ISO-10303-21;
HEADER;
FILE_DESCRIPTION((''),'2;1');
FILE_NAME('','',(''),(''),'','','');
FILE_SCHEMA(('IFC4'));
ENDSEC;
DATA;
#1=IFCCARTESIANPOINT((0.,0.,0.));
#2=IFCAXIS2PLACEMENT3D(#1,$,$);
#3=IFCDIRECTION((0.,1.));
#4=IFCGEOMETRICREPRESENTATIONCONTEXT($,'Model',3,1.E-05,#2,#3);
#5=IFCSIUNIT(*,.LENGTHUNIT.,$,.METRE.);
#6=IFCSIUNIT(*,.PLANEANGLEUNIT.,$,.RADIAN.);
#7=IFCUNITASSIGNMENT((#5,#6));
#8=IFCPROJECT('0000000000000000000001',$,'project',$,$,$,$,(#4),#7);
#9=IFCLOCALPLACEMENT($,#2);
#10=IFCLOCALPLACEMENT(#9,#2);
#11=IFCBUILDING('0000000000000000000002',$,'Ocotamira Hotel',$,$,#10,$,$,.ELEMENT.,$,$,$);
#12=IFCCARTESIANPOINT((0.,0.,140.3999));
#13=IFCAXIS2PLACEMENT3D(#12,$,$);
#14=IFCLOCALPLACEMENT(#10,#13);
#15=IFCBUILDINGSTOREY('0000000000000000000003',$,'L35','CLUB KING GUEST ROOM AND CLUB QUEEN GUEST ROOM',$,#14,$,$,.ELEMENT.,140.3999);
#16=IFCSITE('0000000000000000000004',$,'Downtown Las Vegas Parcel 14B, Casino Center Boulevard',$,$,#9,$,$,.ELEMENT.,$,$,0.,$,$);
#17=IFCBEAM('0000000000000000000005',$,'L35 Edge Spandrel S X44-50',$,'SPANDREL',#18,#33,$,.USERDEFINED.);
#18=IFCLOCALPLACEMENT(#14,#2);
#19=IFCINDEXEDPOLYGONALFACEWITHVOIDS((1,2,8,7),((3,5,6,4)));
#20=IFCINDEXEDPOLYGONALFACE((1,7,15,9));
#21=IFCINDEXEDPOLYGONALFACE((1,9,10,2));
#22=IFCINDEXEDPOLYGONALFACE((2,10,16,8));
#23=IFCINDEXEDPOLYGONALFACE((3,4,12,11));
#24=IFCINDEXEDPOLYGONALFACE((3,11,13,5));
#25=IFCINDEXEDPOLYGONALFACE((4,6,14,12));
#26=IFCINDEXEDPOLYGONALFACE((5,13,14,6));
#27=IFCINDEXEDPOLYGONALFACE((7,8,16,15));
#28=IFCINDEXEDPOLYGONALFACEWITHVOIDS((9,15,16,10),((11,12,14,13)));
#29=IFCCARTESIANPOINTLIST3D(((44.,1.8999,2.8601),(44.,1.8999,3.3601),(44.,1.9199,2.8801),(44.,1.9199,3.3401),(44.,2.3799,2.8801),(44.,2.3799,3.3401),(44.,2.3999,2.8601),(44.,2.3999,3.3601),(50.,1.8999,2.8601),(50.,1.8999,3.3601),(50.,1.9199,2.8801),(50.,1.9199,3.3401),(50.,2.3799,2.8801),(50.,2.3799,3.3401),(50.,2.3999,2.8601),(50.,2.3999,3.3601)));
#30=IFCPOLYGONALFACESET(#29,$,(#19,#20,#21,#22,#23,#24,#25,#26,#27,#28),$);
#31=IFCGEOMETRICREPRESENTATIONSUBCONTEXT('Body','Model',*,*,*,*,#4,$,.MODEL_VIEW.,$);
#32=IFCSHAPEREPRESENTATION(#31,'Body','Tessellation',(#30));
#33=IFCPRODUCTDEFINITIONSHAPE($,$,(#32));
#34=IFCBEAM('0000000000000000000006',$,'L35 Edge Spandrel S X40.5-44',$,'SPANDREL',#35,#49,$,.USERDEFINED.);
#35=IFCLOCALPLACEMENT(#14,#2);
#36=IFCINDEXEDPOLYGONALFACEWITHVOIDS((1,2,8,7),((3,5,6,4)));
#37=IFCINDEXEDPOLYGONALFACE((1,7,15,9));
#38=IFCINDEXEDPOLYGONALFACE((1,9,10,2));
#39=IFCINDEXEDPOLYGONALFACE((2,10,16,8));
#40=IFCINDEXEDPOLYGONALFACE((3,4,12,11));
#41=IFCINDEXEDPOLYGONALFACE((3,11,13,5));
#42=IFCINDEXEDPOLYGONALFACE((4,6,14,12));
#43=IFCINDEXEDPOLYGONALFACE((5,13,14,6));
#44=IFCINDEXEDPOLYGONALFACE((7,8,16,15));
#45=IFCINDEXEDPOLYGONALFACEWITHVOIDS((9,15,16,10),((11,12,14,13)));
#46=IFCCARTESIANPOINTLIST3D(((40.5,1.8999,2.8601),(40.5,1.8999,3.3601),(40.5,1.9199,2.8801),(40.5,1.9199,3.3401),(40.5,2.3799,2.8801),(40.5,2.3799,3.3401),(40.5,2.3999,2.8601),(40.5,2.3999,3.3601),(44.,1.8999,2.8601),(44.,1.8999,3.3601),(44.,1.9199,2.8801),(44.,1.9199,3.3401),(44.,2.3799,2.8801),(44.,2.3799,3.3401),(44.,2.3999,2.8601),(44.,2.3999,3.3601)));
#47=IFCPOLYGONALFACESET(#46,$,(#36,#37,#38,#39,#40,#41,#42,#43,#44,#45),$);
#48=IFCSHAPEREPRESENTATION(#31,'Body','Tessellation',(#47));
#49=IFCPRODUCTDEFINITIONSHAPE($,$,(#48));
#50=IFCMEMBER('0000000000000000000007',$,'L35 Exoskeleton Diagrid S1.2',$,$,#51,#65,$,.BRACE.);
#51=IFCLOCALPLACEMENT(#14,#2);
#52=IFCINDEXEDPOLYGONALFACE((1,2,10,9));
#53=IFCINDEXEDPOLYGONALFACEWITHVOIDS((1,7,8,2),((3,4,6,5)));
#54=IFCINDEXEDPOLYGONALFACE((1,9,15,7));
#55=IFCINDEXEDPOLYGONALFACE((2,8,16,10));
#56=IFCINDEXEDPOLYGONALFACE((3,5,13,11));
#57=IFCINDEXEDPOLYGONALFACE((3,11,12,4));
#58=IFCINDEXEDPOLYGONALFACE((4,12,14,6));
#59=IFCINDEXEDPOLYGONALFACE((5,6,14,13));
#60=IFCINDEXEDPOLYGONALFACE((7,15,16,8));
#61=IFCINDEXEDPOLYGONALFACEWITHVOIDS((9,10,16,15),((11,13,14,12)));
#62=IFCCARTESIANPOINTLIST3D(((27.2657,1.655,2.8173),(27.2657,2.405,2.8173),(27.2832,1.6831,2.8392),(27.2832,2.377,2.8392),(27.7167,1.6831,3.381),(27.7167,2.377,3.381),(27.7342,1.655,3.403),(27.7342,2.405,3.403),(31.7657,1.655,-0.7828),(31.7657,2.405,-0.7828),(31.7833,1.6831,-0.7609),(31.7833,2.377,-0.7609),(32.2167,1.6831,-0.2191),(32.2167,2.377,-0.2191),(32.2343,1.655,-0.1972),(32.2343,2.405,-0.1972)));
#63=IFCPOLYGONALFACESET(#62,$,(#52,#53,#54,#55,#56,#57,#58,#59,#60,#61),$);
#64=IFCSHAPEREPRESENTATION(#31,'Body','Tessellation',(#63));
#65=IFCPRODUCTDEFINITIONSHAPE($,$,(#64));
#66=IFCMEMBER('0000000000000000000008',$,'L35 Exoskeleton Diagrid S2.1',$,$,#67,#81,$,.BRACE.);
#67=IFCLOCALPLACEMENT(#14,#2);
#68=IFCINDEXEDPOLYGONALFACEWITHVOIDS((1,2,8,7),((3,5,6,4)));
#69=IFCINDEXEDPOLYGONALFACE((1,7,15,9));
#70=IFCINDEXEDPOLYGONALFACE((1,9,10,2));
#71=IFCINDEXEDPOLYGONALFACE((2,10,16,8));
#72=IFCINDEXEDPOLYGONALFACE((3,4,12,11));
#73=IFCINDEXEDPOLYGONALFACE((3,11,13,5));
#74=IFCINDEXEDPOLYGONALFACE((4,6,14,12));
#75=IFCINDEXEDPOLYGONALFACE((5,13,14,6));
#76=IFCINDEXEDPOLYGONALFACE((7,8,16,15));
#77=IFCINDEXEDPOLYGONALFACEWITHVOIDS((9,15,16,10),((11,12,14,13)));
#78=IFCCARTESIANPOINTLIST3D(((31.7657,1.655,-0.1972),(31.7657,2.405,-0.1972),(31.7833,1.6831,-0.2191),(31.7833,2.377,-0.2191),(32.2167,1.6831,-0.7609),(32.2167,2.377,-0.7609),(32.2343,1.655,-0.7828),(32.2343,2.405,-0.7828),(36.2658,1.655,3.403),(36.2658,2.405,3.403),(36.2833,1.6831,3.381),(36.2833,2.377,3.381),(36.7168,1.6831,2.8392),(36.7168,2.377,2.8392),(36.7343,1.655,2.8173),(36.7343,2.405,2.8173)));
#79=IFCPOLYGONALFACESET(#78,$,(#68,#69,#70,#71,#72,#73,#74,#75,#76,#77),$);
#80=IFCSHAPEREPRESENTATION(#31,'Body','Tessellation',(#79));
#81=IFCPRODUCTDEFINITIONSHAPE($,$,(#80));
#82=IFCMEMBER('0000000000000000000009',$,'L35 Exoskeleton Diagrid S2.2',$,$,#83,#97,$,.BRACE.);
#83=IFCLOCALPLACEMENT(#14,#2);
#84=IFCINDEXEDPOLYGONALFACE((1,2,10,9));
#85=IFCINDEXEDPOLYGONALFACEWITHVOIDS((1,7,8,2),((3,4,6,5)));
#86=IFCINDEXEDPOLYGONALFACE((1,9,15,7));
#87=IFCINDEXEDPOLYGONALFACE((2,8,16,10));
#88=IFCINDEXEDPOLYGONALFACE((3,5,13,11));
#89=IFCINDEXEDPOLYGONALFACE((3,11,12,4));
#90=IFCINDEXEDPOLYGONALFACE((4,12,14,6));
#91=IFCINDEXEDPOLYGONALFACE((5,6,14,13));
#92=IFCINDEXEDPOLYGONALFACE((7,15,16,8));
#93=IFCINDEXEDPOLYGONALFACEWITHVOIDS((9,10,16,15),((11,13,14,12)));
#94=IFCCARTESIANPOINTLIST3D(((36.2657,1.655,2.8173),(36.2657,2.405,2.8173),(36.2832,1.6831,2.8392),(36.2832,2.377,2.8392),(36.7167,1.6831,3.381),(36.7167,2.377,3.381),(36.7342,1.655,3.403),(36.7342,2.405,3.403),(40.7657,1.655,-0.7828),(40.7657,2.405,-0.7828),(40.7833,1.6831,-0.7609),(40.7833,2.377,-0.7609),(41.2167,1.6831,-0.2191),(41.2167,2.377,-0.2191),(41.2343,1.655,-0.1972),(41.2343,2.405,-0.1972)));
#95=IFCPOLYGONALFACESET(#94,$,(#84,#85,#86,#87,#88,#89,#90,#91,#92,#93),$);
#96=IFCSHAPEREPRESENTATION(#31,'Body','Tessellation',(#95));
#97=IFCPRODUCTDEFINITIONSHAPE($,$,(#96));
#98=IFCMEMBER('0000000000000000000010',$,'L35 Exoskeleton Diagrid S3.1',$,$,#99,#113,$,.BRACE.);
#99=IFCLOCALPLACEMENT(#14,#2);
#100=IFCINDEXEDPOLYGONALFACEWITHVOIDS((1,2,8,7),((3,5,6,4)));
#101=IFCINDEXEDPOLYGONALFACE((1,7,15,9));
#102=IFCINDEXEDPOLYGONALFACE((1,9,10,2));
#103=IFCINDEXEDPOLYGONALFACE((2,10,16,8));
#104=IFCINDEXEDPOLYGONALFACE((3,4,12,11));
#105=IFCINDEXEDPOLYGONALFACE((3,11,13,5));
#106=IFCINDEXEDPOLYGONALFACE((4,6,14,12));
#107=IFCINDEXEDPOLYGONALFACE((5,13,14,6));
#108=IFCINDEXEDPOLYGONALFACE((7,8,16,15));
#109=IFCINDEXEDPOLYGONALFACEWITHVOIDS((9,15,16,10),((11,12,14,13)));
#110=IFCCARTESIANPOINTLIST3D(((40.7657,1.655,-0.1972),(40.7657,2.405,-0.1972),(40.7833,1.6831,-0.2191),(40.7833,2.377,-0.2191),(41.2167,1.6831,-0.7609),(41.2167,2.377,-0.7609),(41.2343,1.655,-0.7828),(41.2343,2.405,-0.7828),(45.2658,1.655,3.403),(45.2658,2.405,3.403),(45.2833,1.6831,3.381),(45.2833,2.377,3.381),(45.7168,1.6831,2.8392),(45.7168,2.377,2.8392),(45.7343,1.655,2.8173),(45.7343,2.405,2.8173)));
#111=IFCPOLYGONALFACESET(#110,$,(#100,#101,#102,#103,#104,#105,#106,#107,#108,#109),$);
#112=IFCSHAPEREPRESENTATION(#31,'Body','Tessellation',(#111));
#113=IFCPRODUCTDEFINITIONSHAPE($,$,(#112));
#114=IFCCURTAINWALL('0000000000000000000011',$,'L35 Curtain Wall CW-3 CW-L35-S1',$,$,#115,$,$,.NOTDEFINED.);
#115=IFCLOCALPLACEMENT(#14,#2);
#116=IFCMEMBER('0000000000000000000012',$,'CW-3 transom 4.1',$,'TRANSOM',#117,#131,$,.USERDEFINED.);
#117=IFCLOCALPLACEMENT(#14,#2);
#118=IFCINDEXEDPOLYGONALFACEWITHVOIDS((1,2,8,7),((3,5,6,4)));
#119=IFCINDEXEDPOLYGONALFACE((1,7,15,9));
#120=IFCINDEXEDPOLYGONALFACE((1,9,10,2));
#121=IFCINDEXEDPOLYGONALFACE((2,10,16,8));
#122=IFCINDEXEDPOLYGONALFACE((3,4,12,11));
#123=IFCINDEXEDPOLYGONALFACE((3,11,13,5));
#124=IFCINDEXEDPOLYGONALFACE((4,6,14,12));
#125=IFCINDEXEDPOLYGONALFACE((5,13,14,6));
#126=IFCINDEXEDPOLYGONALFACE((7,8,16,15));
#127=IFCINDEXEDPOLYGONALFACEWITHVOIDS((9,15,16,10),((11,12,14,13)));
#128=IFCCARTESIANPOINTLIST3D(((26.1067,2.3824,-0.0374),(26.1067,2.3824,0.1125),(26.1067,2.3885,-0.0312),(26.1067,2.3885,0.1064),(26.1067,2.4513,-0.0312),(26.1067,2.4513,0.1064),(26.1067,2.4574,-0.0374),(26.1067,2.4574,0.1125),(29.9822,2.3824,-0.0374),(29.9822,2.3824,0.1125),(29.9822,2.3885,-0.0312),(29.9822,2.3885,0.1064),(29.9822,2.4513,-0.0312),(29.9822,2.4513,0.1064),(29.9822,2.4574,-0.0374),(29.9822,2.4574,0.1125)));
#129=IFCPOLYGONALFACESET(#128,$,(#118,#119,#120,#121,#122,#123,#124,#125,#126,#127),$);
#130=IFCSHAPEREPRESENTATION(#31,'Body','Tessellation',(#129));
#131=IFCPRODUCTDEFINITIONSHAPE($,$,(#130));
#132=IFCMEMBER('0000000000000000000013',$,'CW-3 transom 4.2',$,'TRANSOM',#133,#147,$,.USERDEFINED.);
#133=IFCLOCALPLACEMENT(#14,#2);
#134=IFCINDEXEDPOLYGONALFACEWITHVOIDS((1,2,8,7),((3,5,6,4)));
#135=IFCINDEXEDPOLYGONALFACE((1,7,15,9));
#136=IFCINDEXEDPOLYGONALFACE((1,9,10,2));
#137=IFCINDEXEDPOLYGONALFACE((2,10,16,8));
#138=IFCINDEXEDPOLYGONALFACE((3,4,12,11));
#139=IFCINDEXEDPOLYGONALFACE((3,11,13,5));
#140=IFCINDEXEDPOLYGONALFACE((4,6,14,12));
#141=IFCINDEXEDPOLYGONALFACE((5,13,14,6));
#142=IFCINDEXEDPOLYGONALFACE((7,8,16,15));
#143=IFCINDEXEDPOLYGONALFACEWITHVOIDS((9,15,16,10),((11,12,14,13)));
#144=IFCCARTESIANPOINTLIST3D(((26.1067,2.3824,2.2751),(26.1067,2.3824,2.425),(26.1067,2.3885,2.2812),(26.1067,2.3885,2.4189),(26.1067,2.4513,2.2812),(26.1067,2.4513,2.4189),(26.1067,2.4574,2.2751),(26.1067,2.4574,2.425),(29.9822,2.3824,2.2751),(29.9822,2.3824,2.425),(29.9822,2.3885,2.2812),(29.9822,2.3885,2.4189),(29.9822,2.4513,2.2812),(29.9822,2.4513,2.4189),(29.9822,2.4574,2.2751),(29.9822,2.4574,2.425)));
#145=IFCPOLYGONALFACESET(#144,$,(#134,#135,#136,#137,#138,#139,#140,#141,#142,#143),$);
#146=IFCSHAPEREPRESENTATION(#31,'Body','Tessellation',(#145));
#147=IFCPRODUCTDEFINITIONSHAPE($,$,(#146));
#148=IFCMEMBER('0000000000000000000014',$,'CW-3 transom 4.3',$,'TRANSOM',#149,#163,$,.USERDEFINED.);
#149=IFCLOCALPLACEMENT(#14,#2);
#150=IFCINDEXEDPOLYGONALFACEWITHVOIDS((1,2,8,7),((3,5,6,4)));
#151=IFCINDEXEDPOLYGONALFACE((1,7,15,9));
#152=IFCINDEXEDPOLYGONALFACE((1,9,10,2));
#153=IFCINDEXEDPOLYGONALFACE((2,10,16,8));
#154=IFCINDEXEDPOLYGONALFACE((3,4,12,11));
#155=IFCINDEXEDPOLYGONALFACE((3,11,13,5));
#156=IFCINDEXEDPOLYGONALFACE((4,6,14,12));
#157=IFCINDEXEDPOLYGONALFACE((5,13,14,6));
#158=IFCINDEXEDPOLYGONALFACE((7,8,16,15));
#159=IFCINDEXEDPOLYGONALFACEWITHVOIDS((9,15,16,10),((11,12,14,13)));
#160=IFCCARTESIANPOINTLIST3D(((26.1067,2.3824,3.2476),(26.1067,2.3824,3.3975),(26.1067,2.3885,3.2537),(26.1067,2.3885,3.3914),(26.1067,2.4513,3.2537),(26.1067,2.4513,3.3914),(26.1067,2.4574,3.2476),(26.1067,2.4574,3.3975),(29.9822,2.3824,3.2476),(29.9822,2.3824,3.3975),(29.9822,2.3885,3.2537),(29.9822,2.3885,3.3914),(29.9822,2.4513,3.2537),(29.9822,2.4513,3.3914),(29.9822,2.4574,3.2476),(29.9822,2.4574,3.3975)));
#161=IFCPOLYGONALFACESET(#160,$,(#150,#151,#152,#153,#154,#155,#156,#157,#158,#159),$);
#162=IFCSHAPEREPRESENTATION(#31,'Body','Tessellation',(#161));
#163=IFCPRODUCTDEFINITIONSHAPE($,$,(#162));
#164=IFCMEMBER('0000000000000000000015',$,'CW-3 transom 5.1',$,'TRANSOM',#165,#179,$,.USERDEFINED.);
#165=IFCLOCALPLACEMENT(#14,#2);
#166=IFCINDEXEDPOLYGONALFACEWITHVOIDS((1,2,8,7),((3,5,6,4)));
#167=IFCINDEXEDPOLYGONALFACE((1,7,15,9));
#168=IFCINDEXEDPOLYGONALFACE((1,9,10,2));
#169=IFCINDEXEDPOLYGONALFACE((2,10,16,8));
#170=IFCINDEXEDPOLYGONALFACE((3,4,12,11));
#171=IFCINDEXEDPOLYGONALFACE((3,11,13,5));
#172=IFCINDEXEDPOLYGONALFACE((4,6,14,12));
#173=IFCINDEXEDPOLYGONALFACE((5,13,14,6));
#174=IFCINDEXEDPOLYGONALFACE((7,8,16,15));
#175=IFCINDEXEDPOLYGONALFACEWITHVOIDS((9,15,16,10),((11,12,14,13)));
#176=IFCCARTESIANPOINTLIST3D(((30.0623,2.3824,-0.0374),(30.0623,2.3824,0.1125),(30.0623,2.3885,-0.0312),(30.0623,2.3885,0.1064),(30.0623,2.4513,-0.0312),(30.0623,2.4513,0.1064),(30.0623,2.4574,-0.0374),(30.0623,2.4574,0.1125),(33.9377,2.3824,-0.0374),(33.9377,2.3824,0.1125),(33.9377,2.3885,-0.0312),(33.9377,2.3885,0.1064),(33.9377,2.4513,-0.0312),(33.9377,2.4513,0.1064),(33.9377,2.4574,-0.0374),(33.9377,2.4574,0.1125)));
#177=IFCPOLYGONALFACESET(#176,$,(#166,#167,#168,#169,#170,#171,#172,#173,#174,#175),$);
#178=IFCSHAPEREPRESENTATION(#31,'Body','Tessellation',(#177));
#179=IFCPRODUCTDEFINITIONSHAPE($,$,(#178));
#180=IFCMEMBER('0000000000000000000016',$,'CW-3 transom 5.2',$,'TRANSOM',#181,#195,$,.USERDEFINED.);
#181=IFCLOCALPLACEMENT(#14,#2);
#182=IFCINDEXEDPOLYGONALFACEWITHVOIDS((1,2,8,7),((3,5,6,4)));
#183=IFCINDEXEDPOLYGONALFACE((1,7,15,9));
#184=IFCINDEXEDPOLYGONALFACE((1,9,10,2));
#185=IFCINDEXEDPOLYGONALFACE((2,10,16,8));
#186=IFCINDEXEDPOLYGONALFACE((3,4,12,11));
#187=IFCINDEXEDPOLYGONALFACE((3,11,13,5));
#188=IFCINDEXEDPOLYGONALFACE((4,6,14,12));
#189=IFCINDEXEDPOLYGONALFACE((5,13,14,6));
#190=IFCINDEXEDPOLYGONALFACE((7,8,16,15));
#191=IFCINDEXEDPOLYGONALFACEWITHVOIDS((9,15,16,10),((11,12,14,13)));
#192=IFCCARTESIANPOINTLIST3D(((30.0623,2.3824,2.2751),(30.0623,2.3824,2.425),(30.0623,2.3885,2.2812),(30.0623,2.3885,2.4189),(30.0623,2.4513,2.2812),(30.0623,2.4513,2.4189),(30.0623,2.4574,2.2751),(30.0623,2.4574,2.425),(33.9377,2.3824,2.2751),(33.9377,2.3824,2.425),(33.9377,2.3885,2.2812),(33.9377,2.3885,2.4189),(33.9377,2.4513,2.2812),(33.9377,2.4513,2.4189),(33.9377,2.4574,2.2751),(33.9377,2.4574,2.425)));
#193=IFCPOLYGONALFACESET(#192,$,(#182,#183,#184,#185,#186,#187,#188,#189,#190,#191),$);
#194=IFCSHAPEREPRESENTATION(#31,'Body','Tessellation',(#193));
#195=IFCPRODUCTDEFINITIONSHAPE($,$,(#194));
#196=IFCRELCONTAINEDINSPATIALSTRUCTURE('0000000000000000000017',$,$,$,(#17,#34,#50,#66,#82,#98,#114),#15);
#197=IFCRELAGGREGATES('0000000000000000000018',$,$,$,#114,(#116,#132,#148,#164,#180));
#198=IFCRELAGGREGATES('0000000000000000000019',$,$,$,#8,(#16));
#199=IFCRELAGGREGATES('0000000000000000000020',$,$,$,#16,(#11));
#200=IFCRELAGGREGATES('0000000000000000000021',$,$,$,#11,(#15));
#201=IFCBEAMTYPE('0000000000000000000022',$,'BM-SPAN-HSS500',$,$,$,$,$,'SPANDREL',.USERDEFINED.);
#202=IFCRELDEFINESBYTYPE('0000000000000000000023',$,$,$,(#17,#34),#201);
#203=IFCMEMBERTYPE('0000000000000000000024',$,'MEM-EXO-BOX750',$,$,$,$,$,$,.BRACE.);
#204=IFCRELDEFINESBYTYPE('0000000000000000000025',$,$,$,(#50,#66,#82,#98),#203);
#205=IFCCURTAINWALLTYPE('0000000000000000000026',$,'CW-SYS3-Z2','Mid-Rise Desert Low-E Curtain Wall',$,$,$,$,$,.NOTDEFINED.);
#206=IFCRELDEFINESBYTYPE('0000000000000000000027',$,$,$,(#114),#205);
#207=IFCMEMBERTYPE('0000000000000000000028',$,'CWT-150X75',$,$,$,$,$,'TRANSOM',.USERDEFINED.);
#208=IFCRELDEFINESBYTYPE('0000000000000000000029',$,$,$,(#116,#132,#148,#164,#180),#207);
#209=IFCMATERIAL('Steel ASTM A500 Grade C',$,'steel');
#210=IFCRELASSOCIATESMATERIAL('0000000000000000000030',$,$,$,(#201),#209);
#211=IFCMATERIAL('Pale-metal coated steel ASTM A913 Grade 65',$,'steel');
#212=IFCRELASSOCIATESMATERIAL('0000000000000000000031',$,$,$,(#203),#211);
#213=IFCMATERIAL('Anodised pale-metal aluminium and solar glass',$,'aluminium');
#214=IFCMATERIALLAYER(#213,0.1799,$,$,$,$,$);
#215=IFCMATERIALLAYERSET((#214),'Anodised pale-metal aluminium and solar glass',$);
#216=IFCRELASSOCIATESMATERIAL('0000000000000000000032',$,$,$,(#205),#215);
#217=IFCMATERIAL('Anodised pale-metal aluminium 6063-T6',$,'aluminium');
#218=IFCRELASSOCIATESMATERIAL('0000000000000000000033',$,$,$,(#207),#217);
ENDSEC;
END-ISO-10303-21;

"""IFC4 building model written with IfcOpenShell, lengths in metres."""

from ifc_helpers import new_model, si_unit, direction, frame, origin, origin_2d, place, context, subcontext, project, spatial, hollow_rectangle, extrude, source, transform, mapped, material, layer, layer_set, material_profile, profile_set, type_object, element, aggregate, save


model = new_model("IFC4")

# Units and contexts
model_context = context("Model", 3, precision=1e-05, world=origin(), true_north=direction((0.0, 1.0)))
body_context = subcontext(model_context, "Body", "Model", "MODEL_VIEW")
ifc_project = project(units=[si_unit("LENGTHUNIT", "METRE"), si_unit("PLANEANGLEUNIT", "RADIAN")], contexts=[model_context])

# Site, building, storey
site_placement = place(None, origin())
site = spatial("IfcSite", under=ifc_project, at=site_placement, Name="Downtown Las Vegas Parcel 14B, Casino Center Boulevard", CompositionType="ELEMENT", RefElevation=0.0)
building_placement = place(site_placement, origin())
building = spatial("IfcBuilding", under=site, at=building_placement, Name="Ocotamira Hotel", CompositionType="ELEMENT")
storey_placement = place(building_placement, frame((0.0, 0.0, 140.3999)))
storey = spatial("IfcBuildingStorey", under=building, at=storey_placement, Name="L35", Description="CLUB KING GUEST ROOM AND CLUB QUEEN GUEST ROOM", CompositionType="ELEMENT", Elevation=140.3999)

# Beams
ifc_material_1 = material(Name="Steel ASTM A500 Grade C", Category="steel")
ifc_material_profile_1 = material_profile(ifc_material_1, hollow_rectangle(XDim=0.5, YDim=0.5, WallThickness=0.02, at=origin_2d()), Name="HSS500X500X20")
ifc_profile_set_1 = profile_set([ifc_material_profile_1], Name="Steel ASTM A500 Grade C")
beam_type = type_object("IfcBeamType", Name="BM-SPAN-HSS500", ElementType="SPANDREL", PredefinedType="USERDEFINED", material=ifc_profile_set_1)
shared_shape_1 = source(origin(), body_context, "Body", "SweptSolid", [
    extrude(hollow_rectangle(XDim=0.5, YDim=0.5, WallThickness=0.02, at=origin_2d()), origin(), (0.0, 0.0, 1.0), 6.0),
])
beam_1_placement = place(storey_placement, frame((44.0, 2.1499, 3.1101), z_axis=(1.0, 0.0, 0.0), x_axis=(0.0, 1.0, 0.0)))
element("IfcBeam", 1, at=beam_1_placement, inside=storey, type_object=beam_type, Name="L35 Edge Spandrel S X44-50", ObjectType="SPANDREL", PredefinedType="USERDEFINED", context=body_context, shape_type="MappedRepresentation", body=[
    mapped(shared_shape_1, transform((0.0, 0.0, 0.0), scale=1.0)),
])
shared_shape_2 = source(origin(), body_context, "Body", "SweptSolid", [
    extrude(hollow_rectangle(XDim=0.5, YDim=0.5, WallThickness=0.02, at=origin_2d()), origin(), (0.0, 0.0, 1.0), 3.5),
])
beam_2_placement = place(storey_placement, frame((40.5, 2.1499, 3.1101), z_axis=(1.0, 0.0, 0.0), x_axis=(0.0, 1.0, 0.0)))
element("IfcBeam", 2, at=beam_2_placement, inside=storey, type_object=beam_type, Name="L35 Edge Spandrel S X40.5-44", ObjectType="SPANDREL", PredefinedType="USERDEFINED", context=body_context, shape_type="MappedRepresentation", body=[
    mapped(shared_shape_2, transform((0.0, 0.0, 0.0), scale=1.0)),
])

# Members
ifc_material_2 = material(Name="Pale-metal coated steel ASTM A913 Grade 65", Category="steel")
ifc_material_profile_2 = material_profile(ifc_material_2, hollow_rectangle(XDim=0.75, YDim=0.75, WallThickness=0.0281, at=origin_2d()), Name="BOX750X750X28")
ifc_profile_set_2 = profile_set([ifc_material_profile_2], Name="Pale-metal coated steel ASTM A913 Grade 65")
member_type_1 = type_object("IfcMemberType", Name="MEM-EXO-BOX750", PredefinedType="BRACE", material=ifc_profile_set_2)
shared_shape_3 = source(origin(), body_context, "Body", "SweptSolid", [
    extrude(hollow_rectangle(XDim=0.75, YDim=0.75, WallThickness=0.0281, at=origin_2d()), origin(), (0.0, 0.0, 1.0), 5.7629),
])
for number, where, z_axis, x_axis, name in (
    (3, (32.0, 2.03, -0.49), (-0.780861, 0.0, 0.624705), (0.0, -1.0, 0.0), "L35 Exoskeleton Diagrid S1.2"),
    (4, (32.0, 2.03, -0.49), (0.780861, 0.0, 0.624705), (0.0, 1.0, 0.0), "L35 Exoskeleton Diagrid S2.1"),
    (5, (41.0, 2.03, -0.49), (-0.780861, 0.0, 0.624705), (0.0, -1.0, 0.0), "L35 Exoskeleton Diagrid S2.2"),
    (6, (41.0, 2.03, -0.49), (0.780861, 0.0, 0.624705), (0.0, 1.0, 0.0), "L35 Exoskeleton Diagrid S3.1"),
):
    element("IfcMember", number, at=place(storey_placement, frame(where, z_axis=z_axis, x_axis=x_axis)), inside=storey, type_object=member_type_1, Name=name, PredefinedType="BRACE", context=body_context, shape_type="MappedRepresentation", body=[
        mapped(shared_shape_3, transform((0.0, 0.0, 0.0), scale=1.0)),
    ])

# Curtain wall, members
ifc_material_3 = material(Name="Anodised pale-metal aluminium and solar glass", Category="aluminium")
ifc_layer_1 = layer(ifc_material_3, 0.1799)
ifc_layer_set_1 = layer_set([ifc_layer_1], Name="Anodised pale-metal aluminium and solar glass")
curtain_wall_type = type_object("IfcCurtainWallType", Name="CW-SYS3-Z2", Description="Mid-Rise Desert Low-E Curtain Wall", PredefinedType="NOTDEFINED", material=ifc_layer_set_1)
curtain_wall_placement = place(storey_placement, origin())
curtain_wall = element("IfcCurtainWall", 7, at=curtain_wall_placement, inside=storey, type_object=curtain_wall_type, Name="L35 Curtain Wall CW-3 CW-L35-S1", PredefinedType="NOTDEFINED")
ifc_material_4 = material(Name="Anodised pale-metal aluminium 6063-T6", Category="aluminium")
ifc_material_profile_3 = material_profile(ifc_material_4, hollow_rectangle(XDim=0.075, YDim=0.1499, WallThickness=0.0061, at=origin_2d()), Name="HSS150X75X6")
ifc_profile_set_3 = profile_set([ifc_material_profile_3], Name="Anodised pale-metal aluminium 6063-T6")
member_type_2 = type_object("IfcMemberType", Name="CWT-150X75", ElementType="TRANSOM", PredefinedType="USERDEFINED", material=ifc_profile_set_3)
shared_shape_4 = source(origin(), body_context, "Body", "SweptSolid", [
    extrude(hollow_rectangle(XDim=0.075, YDim=0.1499, WallThickness=0.0061, at=origin_2d()), origin(), (0.0, 0.0, 1.0), 3.8755),
])
member_1_placement = place(storey_placement, frame((26.1067, 2.4199, 0.0376), z_axis=(1.0, 0.0, 0.0), x_axis=(0.0, 1.0, 0.0)))
member_1 = element("IfcMember", 8, at=member_1_placement, type_object=member_type_2, Name="CW-3 transom 4.1", ObjectType="TRANSOM", PredefinedType="USERDEFINED", context=body_context, shape_type="MappedRepresentation", body=[
    mapped(shared_shape_4, transform((0.0, 0.0, 0.0), scale=1.0)),
])
member_2_placement = place(storey_placement, frame((26.1067, 2.4199, 2.3501), z_axis=(1.0, 0.0, 0.0), x_axis=(0.0, 1.0, 0.0)))
member_2 = element("IfcMember", 9, at=member_2_placement, type_object=member_type_2, Name="CW-3 transom 4.2", ObjectType="TRANSOM", PredefinedType="USERDEFINED", context=body_context, shape_type="MappedRepresentation", body=[
    mapped(shared_shape_4, transform((0.0, 0.0, 0.0), scale=1.0)),
])
member_3_placement = place(storey_placement, frame((26.1067, 2.4199, 3.3225), z_axis=(1.0, 0.0, 0.0), x_axis=(0.0, 1.0, 0.0)))
member_3 = element("IfcMember", 10, at=member_3_placement, type_object=member_type_2, Name="CW-3 transom 4.3", ObjectType="TRANSOM", PredefinedType="USERDEFINED", context=body_context, shape_type="MappedRepresentation", body=[
    mapped(shared_shape_4, transform((0.0, 0.0, 0.0), scale=1.0)),
])
member_4_placement = place(storey_placement, frame((30.0623, 2.4199, 0.0376), z_axis=(1.0, 0.0, 0.0), x_axis=(0.0, 1.0, 0.0)))
member_4 = element("IfcMember", 11, at=member_4_placement, type_object=member_type_2, Name="CW-3 transom 5.1", ObjectType="TRANSOM", PredefinedType="USERDEFINED", context=body_context, shape_type="MappedRepresentation", body=[
    mapped(shared_shape_4, transform((0.0, 0.0, 0.0), scale=1.0)),
])
member_5_placement = place(storey_placement, frame((30.0623, 2.4199, 2.3501), z_axis=(1.0, 0.0, 0.0), x_axis=(0.0, 1.0, 0.0)))
member_5 = element("IfcMember", 12, at=member_5_placement, type_object=member_type_2, Name="CW-3 transom 5.2", ObjectType="TRANSOM", PredefinedType="USERDEFINED", context=body_context, shape_type="MappedRepresentation", body=[
    mapped(shared_shape_4, transform((0.0, 0.0, 0.0), scale=1.0)),
])

aggregate(curtain_wall, [member_1, member_2, member_3, member_4, member_5])

save(model, "model.ifc")
